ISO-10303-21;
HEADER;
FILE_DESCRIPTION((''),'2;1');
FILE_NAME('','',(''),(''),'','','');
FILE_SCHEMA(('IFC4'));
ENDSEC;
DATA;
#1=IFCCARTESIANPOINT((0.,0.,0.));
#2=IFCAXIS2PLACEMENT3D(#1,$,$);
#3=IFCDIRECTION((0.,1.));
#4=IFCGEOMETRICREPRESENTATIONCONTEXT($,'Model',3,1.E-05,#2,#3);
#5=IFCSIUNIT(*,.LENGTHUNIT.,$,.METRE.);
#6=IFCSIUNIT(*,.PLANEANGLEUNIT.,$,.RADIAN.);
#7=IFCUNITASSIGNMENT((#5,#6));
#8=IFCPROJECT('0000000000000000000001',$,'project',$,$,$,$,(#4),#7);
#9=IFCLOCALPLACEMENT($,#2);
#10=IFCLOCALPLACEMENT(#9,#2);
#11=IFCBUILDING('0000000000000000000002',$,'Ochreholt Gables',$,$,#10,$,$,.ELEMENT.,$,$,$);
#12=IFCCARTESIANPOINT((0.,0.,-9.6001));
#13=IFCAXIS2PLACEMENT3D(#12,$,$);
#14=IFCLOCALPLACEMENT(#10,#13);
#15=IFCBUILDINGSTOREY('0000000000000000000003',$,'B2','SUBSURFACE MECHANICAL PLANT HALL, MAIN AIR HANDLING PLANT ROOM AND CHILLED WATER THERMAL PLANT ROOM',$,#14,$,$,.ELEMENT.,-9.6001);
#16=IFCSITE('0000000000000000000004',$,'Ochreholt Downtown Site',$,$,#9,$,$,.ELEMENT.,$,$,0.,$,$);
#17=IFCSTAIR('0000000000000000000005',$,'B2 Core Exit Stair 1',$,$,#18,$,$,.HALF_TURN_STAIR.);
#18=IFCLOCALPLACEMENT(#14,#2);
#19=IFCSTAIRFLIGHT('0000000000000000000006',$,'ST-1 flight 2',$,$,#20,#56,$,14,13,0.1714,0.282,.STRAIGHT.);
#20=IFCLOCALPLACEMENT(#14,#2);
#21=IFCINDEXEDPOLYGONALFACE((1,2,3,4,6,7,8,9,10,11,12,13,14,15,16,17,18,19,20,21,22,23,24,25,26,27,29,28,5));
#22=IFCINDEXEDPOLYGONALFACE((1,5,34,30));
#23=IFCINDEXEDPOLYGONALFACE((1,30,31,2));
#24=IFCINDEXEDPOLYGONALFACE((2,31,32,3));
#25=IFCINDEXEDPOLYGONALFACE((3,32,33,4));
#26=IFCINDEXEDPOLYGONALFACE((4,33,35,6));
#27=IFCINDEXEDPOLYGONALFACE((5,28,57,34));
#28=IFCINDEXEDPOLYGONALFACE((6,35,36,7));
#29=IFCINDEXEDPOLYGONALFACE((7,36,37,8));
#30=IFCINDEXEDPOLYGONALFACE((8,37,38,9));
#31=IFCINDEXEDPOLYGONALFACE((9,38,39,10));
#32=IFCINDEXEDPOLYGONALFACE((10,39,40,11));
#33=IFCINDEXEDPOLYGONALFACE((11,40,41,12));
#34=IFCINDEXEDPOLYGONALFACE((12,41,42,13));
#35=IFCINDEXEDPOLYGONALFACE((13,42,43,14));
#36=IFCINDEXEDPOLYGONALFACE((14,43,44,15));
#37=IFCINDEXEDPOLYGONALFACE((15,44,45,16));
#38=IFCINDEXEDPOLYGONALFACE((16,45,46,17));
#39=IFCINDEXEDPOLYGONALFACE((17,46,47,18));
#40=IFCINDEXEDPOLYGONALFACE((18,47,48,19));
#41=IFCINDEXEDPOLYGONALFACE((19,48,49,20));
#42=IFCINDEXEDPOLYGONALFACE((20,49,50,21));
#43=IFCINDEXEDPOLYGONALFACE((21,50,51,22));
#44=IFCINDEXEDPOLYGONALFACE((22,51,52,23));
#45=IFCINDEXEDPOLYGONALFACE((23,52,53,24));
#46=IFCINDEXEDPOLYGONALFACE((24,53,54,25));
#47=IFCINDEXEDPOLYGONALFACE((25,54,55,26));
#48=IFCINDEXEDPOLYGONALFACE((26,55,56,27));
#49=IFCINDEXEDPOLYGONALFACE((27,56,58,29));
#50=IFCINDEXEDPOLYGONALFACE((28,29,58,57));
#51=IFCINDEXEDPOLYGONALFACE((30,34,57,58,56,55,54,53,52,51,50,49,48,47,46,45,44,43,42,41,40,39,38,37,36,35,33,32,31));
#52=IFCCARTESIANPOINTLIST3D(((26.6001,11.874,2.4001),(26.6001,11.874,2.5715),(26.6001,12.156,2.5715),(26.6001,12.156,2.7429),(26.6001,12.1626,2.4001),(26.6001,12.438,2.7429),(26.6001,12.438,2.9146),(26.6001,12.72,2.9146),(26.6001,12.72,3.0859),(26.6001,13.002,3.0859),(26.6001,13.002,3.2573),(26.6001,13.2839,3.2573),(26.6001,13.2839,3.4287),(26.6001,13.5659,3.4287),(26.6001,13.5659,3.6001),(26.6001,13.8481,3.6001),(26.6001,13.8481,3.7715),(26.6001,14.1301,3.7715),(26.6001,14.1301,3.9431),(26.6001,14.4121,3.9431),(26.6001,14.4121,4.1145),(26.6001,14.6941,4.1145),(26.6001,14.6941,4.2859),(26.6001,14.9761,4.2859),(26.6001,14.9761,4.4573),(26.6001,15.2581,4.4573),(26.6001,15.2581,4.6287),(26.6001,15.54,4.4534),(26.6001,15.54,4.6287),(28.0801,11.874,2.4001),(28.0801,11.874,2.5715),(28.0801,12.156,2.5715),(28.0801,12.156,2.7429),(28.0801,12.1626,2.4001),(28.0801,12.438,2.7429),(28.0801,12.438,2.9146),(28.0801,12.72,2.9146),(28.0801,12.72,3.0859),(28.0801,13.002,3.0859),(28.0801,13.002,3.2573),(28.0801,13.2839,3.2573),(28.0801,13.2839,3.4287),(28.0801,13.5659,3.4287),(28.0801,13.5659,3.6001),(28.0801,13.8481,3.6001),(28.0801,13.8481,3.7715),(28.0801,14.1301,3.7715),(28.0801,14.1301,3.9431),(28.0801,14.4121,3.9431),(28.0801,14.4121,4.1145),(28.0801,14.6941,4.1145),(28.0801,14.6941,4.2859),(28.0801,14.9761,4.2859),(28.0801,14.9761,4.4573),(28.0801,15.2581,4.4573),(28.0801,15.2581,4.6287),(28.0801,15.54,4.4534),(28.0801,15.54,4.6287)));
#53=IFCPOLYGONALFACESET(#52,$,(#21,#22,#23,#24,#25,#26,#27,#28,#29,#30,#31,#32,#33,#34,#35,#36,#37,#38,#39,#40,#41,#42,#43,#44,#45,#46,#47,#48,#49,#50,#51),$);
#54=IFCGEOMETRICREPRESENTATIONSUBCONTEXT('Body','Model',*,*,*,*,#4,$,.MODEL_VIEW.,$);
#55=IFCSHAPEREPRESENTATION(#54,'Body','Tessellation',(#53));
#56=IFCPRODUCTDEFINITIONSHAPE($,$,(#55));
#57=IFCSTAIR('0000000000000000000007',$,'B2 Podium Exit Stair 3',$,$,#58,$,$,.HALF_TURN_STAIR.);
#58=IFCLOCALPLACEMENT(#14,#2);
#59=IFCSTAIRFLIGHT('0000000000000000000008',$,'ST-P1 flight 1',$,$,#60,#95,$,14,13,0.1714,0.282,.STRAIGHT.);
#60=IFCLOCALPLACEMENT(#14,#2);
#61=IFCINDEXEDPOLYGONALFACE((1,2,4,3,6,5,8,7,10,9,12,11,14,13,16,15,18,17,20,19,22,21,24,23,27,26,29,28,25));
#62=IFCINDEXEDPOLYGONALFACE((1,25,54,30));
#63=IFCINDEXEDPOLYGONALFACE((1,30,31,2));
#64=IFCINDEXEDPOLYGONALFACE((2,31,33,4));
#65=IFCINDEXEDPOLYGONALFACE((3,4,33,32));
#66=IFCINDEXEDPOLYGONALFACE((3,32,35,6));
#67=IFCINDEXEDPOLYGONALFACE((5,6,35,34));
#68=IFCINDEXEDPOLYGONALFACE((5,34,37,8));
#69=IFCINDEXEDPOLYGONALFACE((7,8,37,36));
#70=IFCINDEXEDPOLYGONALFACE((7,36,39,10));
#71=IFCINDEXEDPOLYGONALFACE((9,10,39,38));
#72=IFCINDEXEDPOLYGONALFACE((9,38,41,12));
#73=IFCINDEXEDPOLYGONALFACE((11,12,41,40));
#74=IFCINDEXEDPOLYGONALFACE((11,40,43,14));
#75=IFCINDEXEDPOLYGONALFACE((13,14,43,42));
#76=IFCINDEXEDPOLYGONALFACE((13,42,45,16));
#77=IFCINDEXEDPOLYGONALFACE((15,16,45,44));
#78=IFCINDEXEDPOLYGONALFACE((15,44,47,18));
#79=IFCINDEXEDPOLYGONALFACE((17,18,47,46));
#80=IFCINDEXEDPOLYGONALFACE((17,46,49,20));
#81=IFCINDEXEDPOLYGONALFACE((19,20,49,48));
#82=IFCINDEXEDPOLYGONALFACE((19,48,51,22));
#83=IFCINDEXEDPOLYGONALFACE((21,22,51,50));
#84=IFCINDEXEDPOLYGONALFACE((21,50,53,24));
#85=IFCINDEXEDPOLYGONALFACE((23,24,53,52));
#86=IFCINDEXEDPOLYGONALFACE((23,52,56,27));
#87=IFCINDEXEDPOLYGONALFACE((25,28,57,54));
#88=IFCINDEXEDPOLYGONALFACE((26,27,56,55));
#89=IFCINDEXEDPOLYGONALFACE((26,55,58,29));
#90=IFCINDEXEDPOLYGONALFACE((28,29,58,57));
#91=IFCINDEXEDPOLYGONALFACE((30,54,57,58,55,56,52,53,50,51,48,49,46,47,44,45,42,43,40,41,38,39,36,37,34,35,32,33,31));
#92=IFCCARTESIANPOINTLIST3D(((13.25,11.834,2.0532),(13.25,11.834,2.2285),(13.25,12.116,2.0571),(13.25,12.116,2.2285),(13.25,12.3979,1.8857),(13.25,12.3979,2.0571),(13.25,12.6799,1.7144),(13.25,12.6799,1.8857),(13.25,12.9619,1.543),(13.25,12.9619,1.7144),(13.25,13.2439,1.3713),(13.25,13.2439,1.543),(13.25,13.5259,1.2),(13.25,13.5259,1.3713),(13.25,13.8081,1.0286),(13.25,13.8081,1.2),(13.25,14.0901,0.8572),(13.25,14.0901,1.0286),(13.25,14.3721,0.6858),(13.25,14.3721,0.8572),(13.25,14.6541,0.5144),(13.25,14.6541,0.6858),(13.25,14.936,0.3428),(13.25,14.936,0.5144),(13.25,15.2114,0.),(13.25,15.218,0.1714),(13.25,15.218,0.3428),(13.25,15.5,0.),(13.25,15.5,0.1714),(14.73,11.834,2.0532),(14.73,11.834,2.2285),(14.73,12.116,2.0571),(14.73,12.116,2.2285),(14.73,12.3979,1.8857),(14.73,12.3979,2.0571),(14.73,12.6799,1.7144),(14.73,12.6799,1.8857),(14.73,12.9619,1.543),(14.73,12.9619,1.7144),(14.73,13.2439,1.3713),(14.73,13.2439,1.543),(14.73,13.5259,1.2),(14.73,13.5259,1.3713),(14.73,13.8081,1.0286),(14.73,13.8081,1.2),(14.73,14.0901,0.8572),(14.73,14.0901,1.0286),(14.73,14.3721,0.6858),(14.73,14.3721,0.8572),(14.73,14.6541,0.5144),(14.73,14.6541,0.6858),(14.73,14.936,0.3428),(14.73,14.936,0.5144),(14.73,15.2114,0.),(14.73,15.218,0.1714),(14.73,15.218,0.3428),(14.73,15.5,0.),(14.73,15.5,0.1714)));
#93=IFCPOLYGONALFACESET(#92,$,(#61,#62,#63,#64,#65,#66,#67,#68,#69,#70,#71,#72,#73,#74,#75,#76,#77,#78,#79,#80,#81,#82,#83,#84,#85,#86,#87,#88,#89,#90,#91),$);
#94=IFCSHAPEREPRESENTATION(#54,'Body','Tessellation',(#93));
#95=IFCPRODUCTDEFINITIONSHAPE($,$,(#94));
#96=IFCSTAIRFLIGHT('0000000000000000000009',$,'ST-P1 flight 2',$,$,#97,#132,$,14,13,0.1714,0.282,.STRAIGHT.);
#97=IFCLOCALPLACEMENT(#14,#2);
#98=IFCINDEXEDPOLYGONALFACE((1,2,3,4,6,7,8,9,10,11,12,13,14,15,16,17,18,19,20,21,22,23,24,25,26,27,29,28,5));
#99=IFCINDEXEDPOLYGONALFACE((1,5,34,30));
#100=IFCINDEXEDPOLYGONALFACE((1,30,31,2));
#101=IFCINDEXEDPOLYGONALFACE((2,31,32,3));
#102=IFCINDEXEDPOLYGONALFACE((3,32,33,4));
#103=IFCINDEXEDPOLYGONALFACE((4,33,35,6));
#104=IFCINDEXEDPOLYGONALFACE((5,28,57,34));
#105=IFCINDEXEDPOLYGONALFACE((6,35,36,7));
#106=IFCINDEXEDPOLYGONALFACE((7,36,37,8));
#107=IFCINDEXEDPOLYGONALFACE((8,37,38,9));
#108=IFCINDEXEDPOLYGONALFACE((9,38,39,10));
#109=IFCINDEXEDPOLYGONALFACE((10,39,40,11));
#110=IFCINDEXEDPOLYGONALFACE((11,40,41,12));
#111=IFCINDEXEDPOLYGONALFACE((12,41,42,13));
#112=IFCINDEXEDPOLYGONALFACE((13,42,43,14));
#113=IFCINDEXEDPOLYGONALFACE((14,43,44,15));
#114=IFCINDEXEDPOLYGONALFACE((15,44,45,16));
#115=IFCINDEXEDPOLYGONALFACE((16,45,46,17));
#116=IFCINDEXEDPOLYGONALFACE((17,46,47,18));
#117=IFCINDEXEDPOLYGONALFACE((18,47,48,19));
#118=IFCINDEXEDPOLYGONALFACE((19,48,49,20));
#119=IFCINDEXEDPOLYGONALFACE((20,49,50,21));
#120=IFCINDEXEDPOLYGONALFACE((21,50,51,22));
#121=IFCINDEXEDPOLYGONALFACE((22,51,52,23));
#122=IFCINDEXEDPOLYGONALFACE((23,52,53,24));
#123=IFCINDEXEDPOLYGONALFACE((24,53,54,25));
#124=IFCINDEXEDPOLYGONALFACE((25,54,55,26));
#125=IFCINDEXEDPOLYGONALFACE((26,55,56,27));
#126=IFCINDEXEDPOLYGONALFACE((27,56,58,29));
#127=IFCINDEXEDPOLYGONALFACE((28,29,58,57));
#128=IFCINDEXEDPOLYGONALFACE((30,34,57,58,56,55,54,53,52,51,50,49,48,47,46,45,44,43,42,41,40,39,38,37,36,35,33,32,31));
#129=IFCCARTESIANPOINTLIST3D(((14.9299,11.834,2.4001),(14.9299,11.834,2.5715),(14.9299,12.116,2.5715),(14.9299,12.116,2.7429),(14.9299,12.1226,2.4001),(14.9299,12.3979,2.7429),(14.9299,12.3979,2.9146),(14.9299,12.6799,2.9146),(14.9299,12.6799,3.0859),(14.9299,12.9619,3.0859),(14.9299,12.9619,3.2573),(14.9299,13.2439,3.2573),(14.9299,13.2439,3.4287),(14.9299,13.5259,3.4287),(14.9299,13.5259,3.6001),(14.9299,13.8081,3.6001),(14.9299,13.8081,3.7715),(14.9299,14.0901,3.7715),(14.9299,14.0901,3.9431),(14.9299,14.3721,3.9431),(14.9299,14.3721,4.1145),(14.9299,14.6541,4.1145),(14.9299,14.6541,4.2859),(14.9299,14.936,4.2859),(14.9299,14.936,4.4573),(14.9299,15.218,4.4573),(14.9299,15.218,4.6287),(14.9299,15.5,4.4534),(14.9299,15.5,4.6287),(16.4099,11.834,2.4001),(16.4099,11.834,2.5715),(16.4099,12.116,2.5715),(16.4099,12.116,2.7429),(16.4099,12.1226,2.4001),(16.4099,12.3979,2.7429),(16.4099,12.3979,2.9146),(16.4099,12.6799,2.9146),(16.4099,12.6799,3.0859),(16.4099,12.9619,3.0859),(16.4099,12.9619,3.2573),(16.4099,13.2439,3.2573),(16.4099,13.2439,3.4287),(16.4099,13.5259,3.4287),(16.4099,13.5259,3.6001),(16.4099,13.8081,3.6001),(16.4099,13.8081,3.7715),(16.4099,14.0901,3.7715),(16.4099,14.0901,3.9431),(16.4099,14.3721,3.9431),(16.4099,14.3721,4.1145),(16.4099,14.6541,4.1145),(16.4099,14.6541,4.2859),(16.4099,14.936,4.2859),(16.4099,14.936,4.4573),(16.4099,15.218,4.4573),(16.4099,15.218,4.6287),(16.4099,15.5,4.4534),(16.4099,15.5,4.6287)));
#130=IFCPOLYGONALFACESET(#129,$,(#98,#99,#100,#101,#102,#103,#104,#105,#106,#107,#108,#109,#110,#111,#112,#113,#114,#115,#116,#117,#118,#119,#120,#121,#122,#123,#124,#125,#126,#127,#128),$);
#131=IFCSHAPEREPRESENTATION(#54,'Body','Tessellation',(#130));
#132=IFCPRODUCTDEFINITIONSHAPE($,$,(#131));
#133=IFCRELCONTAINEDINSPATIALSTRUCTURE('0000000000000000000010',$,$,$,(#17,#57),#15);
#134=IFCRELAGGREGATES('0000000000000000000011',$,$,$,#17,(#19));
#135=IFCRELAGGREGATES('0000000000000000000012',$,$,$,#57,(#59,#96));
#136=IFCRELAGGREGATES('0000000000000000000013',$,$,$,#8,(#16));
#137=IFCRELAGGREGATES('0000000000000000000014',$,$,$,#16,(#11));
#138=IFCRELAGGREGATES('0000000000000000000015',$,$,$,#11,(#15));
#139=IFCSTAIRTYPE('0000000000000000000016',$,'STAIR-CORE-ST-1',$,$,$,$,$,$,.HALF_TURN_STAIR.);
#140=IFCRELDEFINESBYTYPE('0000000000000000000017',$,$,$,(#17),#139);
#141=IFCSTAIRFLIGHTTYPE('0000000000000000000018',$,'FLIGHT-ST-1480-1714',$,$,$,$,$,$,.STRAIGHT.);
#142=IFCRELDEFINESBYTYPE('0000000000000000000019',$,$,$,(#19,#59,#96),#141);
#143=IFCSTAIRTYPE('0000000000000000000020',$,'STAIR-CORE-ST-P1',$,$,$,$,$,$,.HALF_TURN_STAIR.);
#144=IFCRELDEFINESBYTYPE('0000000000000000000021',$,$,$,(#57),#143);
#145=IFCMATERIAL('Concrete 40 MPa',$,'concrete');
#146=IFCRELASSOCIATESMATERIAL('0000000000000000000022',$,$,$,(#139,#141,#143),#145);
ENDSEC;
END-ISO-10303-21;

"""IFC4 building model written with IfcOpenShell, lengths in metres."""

from ifc_helpers import new_model, si_unit, direction, frame, origin, place, context, subcontext, project, spatial, polyline, outline, extrude, material, type_object, element, aggregate, save


model = new_model("IFC4")

# Units and contexts
model_context = context("Model", 3, precision=1e-05, world=origin(), true_north=direction((0.0, 1.0)))
body_context = subcontext(model_context, "Body", "Model", "MODEL_VIEW")
ifc_project = project(units=[si_unit("LENGTHUNIT", "METRE"), si_unit("PLANEANGLEUNIT", "RADIAN")], contexts=[model_context])

# Site, building, storey
site_placement = place(None, origin())
site = spatial("IfcSite", under=ifc_project, at=site_placement, Name="Ochreholt Downtown Site", CompositionType="ELEMENT", RefElevation=0.0)
building_placement = place(site_placement, origin())
building = spatial("IfcBuilding", under=site, at=building_placement, Name="Ochreholt Gables", CompositionType="ELEMENT")
storey_placement = place(building_placement, frame((0.0, 0.0, -9.6001)))
storey = spatial("IfcBuildingStorey", under=building, at=storey_placement, Name="B2", Description="SUBSURFACE MECHANICAL PLANT HALL, MAIN AIR HANDLING PLANT ROOM AND CHILLED WATER THERMAL PLANT ROOM", CompositionType="ELEMENT", Elevation=-9.6001)

# Stairs, stair flights
ifc_material_1 = material(Name="Concrete 40 MPa", Category="concrete")
stair_type_1 = type_object("IfcStairType", Name="STAIR-CORE-ST-1", PredefinedType="HALF_TURN_STAIR", material=ifc_material_1)
stair_1_placement = place(storey_placement, origin())
stair_1 = element("IfcStair", 1, at=stair_1_placement, inside=storey, type_object=stair_type_1, Name="B2 Core Exit Stair 1", PredefinedType="HALF_TURN_STAIR")
stair_flight_type = type_object("IfcStairFlightType", Name="FLIGHT-ST-1480-1714", PredefinedType="STRAIGHT", material=ifc_material_1)
stair_flight_1_placement = place(storey_placement, frame((27.3401, 11.874, 2.4001), z_axis=(0.0, 0.0, 1.0), x_axis=(0.0, 1.0, 0.0)))
stair_flight_1 = element("IfcStairFlight", 2, at=stair_flight_1_placement, type_object=stair_flight_type, Name="ST-1 flight 2", NumberOfRisers=14, NumberOfTreads=13, PredefinedType="STRAIGHT", RiserHeight=0.1714, TreadLength=0.282, context=body_context, shape_type="SweptSolid", body=[
    extrude(outline(polyline([(0.0, 0.0), (0.0, 0.1714), (0.282, 0.1714), (0.282, 0.3428), (0.564, 0.3428), (0.564, 0.5144), (0.8459, 0.5144), (0.8459, 0.6858), (1.1279, 0.6858), (1.1279, 0.8572), (1.4099, 0.8572), (1.4099, 1.0286), (1.6919, 1.0286), (1.6919, 1.2), (1.9741, 1.2), (1.9741, 1.3713), (2.2561, 1.3713), (2.2561, 1.543), (2.5381, 1.543), (2.5381, 1.7144), (2.8201, 1.7144), (2.8201, 1.8857), (3.1021, 1.8857), (3.1021, 2.0571), (3.384, 2.0571), (3.384, 2.2285), (3.666, 2.2285), (3.666, 2.3999), (3.666, 2.0532), (0.2886, 0.0), (0.0, 0.0)])), frame((0.0, 0.74, 0.0), z_axis=(0.0, -1.0, 0.0), x_axis=(1.0, 0.0, 0.0)), (0.0, 0.0, 1.0), 1.48),
])
aggregate(stair_1, [stair_flight_1])
stair_type_2 = type_object("IfcStairType", Name="STAIR-CORE-ST-P1", PredefinedType="HALF_TURN_STAIR", material=ifc_material_1)
stair_2_placement = place(storey_placement, origin())
stair_2 = element("IfcStair", 3, at=stair_2_placement, inside=storey, type_object=stair_type_2, Name="B2 Podium Exit Stair 3", PredefinedType="HALF_TURN_STAIR")
stair_flight_2_placement = place(storey_placement, frame((13.99, 15.5, 0.0), z_axis=(0.0, 0.0, 1.0), x_axis=(0.0, -1.0, 0.0)))
stair_flight_2 = element("IfcStairFlight", 4, at=stair_flight_2_placement, type_object=stair_flight_type, Name="ST-P1 flight 1", NumberOfRisers=14, NumberOfTreads=13, PredefinedType="STRAIGHT", RiserHeight=0.1714, TreadLength=0.282, context=body_context, shape_type="SweptSolid", body=[
    extrude(outline(polyline([(0.0, 0.0), (0.0, 0.1714), (0.282, 0.1714), (0.282, 0.3428), (0.564, 0.3428), (0.564, 0.5144), (0.8459, 0.5144), (0.8459, 0.6858), (1.1279, 0.6858), (1.1279, 0.8572), (1.4099, 0.8572), (1.4099, 1.0286), (1.6919, 1.0286), (1.6919, 1.2), (1.9741, 1.2), (1.9741, 1.3713), (2.2561, 1.3713), (2.2561, 1.543), (2.5381, 1.543), (2.5381, 1.7144), (2.8201, 1.7144), (2.8201, 1.8857), (3.1021, 1.8857), (3.1021, 2.0571), (3.384, 2.0571), (3.384, 2.2285), (3.666, 2.2285), (3.666, 2.3999), (3.666, 2.0532), (0.2886, 0.0), (0.0, 0.0)])), frame((0.0, 0.74, 0.0), z_axis=(0.0, -1.0, 0.0), x_axis=(1.0, 0.0, 0.0)), (0.0, 0.0, 1.0), 1.48),
])
stair_flight_3_placement = place(storey_placement, frame((15.6699, 11.834, 2.4001), z_axis=(0.0, 0.0, 1.0), x_axis=(0.0, 1.0, 0.0)))
stair_flight_3 = element("IfcStairFlight", 5, at=stair_flight_3_placement, type_object=stair_flight_type, Name="ST-P1 flight 2", NumberOfRisers=14, NumberOfTreads=13, PredefinedType="STRAIGHT", RiserHeight=0.1714, TreadLength=0.282, context=body_context, shape_type="SweptSolid", body=[
    extrude(outline(polyline([(0.0, 0.0), (0.0, 0.1714), (0.282, 0.1714), (0.282, 0.3428), (0.564, 0.3428), (0.564, 0.5144), (0.8459, 0.5144), (0.8459, 0.6858), (1.1279, 0.6858), (1.1279, 0.8572), (1.4099, 0.8572), (1.4099, 1.0286), (1.6919, 1.0286), (1.6919, 1.2), (1.9741, 1.2), (1.9741, 1.3713), (2.2561, 1.3713), (2.2561, 1.543), (2.5381, 1.543), (2.5381, 1.7144), (2.8201, 1.7144), (2.8201, 1.8857), (3.1021, 1.8857), (3.1021, 2.0571), (3.384, 2.0571), (3.384, 2.2285), (3.666, 2.2285), (3.666, 2.3999), (3.666, 2.0532), (0.2886, 0.0), (0.0, 0.0)])), frame((0.0, 0.74, 0.0), z_axis=(0.0, -1.0, 0.0), x_axis=(1.0, 0.0, 0.0)), (0.0, 0.0, 1.0), 1.48),
])
aggregate(stair_2, [stair_flight_2, stair_flight_3])

save(model, "model.ifc")
